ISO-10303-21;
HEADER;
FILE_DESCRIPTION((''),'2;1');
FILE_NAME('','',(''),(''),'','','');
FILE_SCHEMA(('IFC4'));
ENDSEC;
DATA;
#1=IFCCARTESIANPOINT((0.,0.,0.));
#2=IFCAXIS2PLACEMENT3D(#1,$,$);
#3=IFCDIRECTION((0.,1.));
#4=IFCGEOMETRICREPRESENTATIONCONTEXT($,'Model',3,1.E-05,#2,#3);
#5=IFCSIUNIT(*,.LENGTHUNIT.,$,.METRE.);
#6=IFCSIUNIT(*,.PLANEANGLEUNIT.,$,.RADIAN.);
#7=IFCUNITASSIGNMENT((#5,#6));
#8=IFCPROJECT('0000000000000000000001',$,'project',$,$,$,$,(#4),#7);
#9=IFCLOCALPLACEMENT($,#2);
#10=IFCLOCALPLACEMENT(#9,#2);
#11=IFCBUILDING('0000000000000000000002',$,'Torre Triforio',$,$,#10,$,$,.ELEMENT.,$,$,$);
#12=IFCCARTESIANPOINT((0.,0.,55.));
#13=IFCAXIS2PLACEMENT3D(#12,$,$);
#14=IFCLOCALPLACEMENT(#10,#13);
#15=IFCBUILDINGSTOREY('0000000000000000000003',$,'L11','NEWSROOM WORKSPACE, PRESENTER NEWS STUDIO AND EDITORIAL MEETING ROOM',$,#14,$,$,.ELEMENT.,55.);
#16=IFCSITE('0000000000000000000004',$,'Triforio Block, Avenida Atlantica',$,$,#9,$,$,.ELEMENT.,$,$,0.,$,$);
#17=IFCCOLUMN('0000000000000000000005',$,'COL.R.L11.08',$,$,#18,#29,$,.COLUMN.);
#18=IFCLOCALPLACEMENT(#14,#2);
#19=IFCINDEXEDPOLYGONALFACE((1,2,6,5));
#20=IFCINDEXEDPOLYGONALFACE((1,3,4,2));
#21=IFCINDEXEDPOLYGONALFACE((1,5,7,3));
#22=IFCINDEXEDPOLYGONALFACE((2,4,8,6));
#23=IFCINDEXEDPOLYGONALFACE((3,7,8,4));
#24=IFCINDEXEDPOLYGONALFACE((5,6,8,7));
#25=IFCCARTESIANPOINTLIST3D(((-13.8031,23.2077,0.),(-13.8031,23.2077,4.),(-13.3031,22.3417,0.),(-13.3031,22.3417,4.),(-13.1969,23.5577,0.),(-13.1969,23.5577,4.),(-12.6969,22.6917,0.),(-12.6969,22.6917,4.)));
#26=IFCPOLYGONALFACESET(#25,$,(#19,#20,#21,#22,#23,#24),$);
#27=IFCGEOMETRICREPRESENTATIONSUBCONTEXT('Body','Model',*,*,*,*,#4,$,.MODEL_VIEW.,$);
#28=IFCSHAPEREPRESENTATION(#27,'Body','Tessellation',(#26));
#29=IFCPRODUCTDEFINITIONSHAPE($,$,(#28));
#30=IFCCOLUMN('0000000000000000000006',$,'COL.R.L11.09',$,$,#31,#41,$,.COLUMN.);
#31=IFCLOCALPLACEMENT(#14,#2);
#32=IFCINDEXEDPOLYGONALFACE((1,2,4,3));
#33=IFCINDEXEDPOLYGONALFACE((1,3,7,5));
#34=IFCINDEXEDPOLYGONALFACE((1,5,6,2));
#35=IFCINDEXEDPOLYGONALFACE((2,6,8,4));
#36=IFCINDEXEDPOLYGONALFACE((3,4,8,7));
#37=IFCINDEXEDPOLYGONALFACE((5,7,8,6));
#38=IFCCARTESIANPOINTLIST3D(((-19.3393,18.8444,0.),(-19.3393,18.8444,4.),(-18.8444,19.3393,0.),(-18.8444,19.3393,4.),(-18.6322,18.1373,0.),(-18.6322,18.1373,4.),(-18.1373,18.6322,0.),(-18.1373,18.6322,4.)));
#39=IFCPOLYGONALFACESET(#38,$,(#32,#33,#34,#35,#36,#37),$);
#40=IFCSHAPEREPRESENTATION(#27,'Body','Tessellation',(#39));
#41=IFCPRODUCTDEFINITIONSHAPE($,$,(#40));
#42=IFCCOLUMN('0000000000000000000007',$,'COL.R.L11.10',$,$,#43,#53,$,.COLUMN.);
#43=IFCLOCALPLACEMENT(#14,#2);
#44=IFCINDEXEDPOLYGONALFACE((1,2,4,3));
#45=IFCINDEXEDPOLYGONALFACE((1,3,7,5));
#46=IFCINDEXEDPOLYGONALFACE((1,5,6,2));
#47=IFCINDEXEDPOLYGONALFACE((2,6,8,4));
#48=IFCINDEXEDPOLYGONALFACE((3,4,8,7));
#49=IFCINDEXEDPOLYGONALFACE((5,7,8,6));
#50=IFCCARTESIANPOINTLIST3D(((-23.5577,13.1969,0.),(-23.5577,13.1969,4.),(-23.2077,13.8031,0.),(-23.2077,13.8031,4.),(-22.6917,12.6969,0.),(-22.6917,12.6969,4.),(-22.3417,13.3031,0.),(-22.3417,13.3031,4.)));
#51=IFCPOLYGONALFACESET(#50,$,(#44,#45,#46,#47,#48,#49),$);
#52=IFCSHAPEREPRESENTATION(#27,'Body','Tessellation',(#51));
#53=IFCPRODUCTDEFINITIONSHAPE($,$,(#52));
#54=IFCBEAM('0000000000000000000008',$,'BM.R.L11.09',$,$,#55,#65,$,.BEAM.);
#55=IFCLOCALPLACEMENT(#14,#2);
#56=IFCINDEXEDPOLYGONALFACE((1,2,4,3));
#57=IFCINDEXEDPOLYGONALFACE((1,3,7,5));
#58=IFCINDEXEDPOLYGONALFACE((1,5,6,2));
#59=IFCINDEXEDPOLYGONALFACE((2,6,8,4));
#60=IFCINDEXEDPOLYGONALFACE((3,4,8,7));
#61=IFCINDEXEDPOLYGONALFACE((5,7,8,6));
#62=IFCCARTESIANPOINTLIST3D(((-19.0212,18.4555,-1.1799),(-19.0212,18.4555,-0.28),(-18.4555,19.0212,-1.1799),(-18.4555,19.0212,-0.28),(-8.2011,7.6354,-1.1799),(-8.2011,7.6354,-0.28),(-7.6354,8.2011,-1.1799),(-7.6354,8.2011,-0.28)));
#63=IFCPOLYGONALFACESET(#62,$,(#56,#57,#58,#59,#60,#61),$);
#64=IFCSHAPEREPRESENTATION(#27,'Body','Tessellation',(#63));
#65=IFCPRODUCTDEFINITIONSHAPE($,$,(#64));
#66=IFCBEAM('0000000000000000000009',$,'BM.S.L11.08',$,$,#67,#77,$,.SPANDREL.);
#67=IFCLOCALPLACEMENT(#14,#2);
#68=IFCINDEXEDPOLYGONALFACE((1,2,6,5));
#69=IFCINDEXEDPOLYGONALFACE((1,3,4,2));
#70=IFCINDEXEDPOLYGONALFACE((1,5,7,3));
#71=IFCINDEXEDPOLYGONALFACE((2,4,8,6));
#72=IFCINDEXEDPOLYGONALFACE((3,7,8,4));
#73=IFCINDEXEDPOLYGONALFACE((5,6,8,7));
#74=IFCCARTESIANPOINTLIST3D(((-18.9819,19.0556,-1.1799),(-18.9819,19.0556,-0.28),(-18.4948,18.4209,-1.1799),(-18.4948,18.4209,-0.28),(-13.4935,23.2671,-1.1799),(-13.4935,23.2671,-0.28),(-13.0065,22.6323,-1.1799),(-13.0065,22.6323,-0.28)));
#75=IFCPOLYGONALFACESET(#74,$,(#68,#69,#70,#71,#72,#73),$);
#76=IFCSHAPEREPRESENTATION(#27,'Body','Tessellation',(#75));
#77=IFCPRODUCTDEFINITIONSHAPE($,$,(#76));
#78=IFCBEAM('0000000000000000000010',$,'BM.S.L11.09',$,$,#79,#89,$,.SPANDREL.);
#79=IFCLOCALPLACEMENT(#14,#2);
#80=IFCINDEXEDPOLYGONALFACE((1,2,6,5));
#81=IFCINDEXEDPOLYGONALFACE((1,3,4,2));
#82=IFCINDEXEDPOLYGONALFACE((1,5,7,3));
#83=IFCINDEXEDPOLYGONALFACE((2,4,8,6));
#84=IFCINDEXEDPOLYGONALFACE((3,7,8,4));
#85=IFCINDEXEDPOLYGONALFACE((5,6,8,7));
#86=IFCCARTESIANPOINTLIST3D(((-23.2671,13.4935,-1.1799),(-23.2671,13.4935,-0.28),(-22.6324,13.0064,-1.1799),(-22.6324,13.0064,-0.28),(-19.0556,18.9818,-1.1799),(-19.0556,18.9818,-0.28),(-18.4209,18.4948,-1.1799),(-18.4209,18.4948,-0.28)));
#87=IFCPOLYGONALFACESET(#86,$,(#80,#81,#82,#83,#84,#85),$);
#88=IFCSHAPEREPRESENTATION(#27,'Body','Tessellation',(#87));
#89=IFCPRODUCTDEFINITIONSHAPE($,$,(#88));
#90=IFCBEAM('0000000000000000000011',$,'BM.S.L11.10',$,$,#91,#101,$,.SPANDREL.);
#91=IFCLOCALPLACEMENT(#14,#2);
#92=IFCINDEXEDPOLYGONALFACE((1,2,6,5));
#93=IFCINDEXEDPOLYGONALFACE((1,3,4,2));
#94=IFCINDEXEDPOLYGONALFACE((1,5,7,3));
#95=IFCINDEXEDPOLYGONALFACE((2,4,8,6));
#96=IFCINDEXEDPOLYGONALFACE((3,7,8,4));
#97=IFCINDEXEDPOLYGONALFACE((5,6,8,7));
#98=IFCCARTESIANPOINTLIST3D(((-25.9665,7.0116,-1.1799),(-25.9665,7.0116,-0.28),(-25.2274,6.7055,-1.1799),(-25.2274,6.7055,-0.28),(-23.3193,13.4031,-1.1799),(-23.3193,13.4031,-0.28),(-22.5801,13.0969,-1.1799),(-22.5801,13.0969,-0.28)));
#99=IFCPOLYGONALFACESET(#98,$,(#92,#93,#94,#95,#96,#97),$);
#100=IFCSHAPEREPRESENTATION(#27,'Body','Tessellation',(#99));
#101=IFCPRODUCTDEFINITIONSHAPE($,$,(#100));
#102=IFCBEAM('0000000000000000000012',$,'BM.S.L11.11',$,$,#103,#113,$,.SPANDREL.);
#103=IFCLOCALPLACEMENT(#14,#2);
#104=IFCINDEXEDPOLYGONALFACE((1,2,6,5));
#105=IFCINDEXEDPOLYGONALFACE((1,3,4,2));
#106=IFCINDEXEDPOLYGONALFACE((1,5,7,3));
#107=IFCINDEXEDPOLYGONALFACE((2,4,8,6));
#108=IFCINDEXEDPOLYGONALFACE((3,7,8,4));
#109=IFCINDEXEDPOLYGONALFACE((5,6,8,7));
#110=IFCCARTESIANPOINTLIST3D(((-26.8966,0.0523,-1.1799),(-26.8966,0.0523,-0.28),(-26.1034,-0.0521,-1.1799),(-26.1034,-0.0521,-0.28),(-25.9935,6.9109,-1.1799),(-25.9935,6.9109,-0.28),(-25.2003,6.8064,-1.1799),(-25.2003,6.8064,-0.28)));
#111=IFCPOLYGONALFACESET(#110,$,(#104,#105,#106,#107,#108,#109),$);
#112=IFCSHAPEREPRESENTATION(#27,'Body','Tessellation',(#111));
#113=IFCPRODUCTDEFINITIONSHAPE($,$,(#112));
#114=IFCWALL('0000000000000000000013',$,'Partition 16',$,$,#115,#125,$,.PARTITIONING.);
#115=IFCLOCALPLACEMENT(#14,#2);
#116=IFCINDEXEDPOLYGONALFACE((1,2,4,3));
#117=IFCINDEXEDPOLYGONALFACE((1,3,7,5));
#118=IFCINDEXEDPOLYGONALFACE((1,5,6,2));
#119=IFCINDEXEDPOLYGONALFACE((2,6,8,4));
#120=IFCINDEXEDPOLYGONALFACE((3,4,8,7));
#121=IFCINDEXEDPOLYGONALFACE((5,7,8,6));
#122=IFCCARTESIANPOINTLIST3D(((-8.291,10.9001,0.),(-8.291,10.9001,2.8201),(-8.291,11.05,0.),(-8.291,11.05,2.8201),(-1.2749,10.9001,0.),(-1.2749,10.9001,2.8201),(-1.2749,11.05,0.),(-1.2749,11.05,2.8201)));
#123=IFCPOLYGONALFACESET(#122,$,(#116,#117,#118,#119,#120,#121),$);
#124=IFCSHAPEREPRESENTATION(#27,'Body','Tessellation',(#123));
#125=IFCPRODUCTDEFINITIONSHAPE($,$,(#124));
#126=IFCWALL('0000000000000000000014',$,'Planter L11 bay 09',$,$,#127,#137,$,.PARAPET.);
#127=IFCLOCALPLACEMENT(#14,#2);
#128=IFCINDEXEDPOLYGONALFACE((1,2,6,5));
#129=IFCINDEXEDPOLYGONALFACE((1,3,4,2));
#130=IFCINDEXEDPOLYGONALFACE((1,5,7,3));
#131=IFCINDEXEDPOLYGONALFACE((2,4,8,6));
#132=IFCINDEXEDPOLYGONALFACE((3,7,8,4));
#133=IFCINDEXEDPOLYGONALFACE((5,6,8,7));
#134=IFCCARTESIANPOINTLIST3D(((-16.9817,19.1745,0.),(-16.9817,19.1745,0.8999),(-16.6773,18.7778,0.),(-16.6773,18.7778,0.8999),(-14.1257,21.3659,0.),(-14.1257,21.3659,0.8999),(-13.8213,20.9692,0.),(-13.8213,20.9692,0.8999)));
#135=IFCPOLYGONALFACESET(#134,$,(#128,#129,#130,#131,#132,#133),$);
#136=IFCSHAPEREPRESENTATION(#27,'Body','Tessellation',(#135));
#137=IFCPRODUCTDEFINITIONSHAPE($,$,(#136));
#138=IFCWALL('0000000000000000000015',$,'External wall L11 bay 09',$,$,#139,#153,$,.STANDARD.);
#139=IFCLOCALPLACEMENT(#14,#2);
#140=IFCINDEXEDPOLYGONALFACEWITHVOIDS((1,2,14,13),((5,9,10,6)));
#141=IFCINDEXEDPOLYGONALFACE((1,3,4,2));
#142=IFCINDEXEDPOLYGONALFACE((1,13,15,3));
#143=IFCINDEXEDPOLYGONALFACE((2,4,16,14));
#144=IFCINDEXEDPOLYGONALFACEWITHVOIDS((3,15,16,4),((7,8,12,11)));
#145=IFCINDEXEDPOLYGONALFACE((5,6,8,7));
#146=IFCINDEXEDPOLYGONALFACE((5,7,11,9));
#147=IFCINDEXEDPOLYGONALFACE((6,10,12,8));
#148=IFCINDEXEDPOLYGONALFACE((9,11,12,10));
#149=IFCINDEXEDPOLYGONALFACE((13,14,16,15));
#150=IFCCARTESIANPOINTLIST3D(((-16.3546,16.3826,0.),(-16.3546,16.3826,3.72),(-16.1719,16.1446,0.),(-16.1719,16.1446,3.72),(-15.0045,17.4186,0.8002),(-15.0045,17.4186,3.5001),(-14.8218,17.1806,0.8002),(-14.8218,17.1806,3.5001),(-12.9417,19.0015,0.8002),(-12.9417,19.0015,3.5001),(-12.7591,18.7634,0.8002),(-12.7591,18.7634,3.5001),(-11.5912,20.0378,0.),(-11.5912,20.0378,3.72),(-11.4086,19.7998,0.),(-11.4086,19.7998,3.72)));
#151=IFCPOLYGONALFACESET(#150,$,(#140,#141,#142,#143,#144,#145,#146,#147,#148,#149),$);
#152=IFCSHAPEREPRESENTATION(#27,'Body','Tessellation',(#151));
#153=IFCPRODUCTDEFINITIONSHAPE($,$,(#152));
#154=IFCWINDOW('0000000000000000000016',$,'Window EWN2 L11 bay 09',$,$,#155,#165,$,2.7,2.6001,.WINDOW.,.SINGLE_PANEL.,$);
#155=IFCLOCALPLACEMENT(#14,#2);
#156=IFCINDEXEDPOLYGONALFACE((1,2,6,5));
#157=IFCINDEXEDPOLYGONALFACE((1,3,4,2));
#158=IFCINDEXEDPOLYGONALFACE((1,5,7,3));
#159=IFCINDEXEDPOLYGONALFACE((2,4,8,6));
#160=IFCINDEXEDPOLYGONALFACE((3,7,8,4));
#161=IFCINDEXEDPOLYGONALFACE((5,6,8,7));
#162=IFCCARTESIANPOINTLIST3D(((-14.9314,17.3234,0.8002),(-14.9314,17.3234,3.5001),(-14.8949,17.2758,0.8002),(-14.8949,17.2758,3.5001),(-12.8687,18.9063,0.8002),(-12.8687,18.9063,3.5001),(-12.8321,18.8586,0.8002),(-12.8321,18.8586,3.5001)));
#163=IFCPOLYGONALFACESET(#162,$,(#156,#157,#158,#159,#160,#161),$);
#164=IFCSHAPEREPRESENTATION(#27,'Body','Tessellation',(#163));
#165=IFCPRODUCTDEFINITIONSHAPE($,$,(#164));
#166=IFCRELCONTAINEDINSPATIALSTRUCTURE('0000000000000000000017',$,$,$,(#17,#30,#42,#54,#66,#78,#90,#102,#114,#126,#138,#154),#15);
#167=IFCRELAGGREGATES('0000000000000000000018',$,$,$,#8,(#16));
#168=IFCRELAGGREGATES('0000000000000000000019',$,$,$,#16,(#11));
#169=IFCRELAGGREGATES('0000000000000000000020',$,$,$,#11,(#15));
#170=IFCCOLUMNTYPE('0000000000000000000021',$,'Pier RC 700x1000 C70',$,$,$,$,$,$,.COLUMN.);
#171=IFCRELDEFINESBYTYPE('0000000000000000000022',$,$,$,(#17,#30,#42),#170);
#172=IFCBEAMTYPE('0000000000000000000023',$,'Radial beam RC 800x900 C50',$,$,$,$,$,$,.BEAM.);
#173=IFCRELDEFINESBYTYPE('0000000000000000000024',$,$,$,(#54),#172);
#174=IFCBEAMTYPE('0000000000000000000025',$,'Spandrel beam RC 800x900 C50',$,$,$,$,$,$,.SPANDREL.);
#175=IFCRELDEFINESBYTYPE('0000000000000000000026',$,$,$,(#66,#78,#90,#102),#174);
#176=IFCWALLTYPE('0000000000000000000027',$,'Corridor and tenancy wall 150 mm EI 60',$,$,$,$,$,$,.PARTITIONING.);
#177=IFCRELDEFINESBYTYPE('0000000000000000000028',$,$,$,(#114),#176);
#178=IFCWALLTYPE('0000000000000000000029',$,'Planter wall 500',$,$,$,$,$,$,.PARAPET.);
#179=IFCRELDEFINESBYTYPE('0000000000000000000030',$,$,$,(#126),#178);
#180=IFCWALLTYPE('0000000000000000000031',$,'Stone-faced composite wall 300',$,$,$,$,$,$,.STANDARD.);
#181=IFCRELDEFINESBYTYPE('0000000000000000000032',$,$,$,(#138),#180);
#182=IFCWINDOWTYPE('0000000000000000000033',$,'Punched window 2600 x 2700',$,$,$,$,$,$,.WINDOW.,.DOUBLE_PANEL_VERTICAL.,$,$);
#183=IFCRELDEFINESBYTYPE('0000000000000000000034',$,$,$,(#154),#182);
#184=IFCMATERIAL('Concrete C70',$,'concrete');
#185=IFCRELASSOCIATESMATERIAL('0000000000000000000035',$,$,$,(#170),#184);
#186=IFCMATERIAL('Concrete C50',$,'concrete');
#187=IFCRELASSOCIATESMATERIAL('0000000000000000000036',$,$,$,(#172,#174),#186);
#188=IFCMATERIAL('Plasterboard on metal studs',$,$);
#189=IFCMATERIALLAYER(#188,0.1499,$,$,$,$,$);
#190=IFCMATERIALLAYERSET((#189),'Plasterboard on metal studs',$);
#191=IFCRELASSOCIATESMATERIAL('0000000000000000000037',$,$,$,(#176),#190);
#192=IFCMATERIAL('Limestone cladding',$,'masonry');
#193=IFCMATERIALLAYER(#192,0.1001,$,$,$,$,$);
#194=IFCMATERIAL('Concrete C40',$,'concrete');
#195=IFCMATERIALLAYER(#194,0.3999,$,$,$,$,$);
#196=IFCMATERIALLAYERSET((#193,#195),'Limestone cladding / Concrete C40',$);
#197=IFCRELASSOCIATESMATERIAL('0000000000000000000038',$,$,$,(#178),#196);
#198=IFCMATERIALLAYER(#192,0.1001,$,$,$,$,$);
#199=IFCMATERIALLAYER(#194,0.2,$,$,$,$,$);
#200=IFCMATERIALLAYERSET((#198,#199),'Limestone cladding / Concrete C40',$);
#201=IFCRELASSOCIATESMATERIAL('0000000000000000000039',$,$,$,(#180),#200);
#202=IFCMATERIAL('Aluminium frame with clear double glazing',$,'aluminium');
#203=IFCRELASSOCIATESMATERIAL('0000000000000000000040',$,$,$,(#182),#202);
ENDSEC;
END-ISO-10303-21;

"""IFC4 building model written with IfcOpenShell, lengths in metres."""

from ifc_helpers import new_model, si_unit, direction, frame, frame_2d, origin, origin_2d, place, context, subcontext, project, spatial, rectangle, extrude, material, layer, layer_set, material_profile, profile_set, type_object, element, fill, save


model = new_model("IFC4")

# Units and contexts
model_context = context("Model", 3, precision=1e-05, world=origin(), true_north=direction((0.0, 1.0)))
body_context = subcontext(model_context, "Body", "Model", "MODEL_VIEW")
ifc_project = project(units=[si_unit("LENGTHUNIT", "METRE"), si_unit("PLANEANGLEUNIT", "RADIAN")], contexts=[model_context])

# Site, building, storey
site_placement = place(None, origin())
site = spatial("IfcSite", under=ifc_project, at=site_placement, Name="Triforio Block, Avenida Atlantica", CompositionType="ELEMENT", RefElevation=0.0)
building_placement = place(site_placement, origin())
building = spatial("IfcBuilding", under=site, at=building_placement, Name="Torre Triforio", CompositionType="ELEMENT")
storey_placement = place(building_placement, frame((0.0, 0.0, 55.0)))
storey = spatial("IfcBuildingStorey", under=building, at=storey_placement, Name="L11", Description="NEWSROOM WORKSPACE, PRESENTER NEWS STUDIO AND EDITORIAL MEETING ROOM", CompositionType="ELEMENT", Elevation=55.0)

# Columns
ifc_material_1 = material(Name="Concrete C70", Category="concrete")
ifc_material_profile_1 = material_profile(ifc_material_1, rectangle(XDim=0.7, YDim=1.0, at=origin_2d()), Name="RC 700x1000")
ifc_profile_set_1 = profile_set([ifc_material_profile_1], Name="Concrete C70")
column_type = type_object("IfcColumnType", Name="Pier RC 700x1000 C70", PredefinedType="COLUMN", material=ifc_profile_set_1)
for number, where, z_axis, x_axis, name in (
    (1, (-13.25, 22.9497, 0.0), (0.0, 0.0, 1.0), (-0.866025, -0.5, 0.0), "COL.R.L11.08"),
    (2, (-18.7383, 18.7383, 0.0), (0.0, 0.0, 1.0), (-0.707107, -0.707107, 0.0), "COL.R.L11.09"),
    (3, (-22.9497, 13.25, 0.0), (0.0, 0.0, 1.0), (-0.5, -0.866025, 0.0), "COL.R.L11.10"),
):
    element("IfcColumn", number, at=place(storey_placement, frame(where, z_axis=z_axis, x_axis=x_axis)), inside=storey, type_object=column_type, Name=name, PredefinedType="COLUMN", context=body_context, shape_type="SweptSolid", body=[
        extrude(rectangle(XDim=0.7, YDim=1.0, at=origin_2d()), origin(), (0.0, 0.0, 1.0), 4.0),
    ])

# Beams
ifc_material_2 = material(Name="Concrete C50", Category="concrete")
ifc_material_profile_2 = material_profile(ifc_material_2, rectangle(XDim=0.8, YDim=0.8999, at=origin_2d()), Name="RC 800x900")
ifc_profile_set_2 = profile_set([ifc_material_profile_2], Name="Concrete C50")
beam_type_1 = type_object("IfcBeamType", Name="Radial beam RC 800x900 C50", PredefinedType="BEAM", material=ifc_profile_set_2)
beam_1_placement = place(storey_placement, frame((-7.9182, 7.9182, -0.73), z_axis=(-0.707107, 0.707107, 0.0), x_axis=(-0.707107, -0.707107, 0.0)))
element("IfcBeam", 4, at=beam_1_placement, inside=storey, type_object=beam_type_1, Name="BM.R.L11.09", PredefinedType="BEAM", context=body_context, shape_type="SweptSolid", body=[
    extrude(rectangle(XDim=0.8, YDim=0.8999, at=origin_2d()), origin(), (0.0, 0.0, 1.0), 15.302),
])
ifc_material_profile_3 = material_profile(ifc_material_2, rectangle(XDim=0.8, YDim=0.8999, at=origin_2d()), Name="RC 800x900")
ifc_profile_set_3 = profile_set([ifc_material_profile_3], Name="Concrete C50")
beam_type_2 = type_object("IfcBeamType", Name="Spandrel beam RC 800x900 C50", PredefinedType="SPANDREL", material=ifc_profile_set_3)
for number, where, z_axis, x_axis, name in (
    (5, (-13.25, 22.9497, -0.73), (-0.793345, -0.608772, 0.0), (0.608772, -0.793345, 0.0), "BM.S.L11.08"),
    (6, (-18.7383, 18.7383, -0.73), (-0.608772, -0.793345, 0.0), (0.793345, -0.608772, 0.0), "BM.S.L11.09"),
    (7, (-22.9497, 13.25, -0.73), (-0.382662, -0.923888, 0.0), (0.923888, -0.382662, 0.0), "BM.S.L11.10"),
):
    element("IfcBeam", number, at=place(storey_placement, frame(where, z_axis=z_axis, x_axis=x_axis)), inside=storey, type_object=beam_type_2, Name=name, PredefinedType="SPANDREL", context=body_context, shape_type="SweptSolid", body=[
        extrude(rectangle(XDim=0.8, YDim=0.8999, at=origin_2d()), origin(), (0.0, 0.0, 1.0), 6.918),
    ])
beam_2_placement = place(storey_placement, frame((-25.5969, 6.8586, -0.73), z_axis=(-0.130543, -0.991443, 0.0), x_axis=(0.991443, -0.130543, 0.0)))
element("IfcBeam", 8, at=beam_2_placement, inside=storey, type_object=beam_type_2, Name="BM.S.L11.11", PredefinedType="SPANDREL", context=body_context, shape_type="SweptSolid", body=[
    extrude(rectangle(XDim=0.8, YDim=0.8999, at=origin_2d()), origin(), (0.0, 0.0, 1.0), 6.9177),
])

# Walls
ifc_material_3 = material(Name="Plasterboard on metal studs")
ifc_layer_1 = layer(ifc_material_3, 0.1499)
ifc_layer_set_1 = layer_set([ifc_layer_1], Name="Plasterboard on metal studs")
wall_type_1 = type_object("IfcWallType", Name="Corridor and tenancy wall 150 mm EI 60", PredefinedType="PARTITIONING", material=ifc_layer_set_1)
wall_1_placement = place(storey_placement, frame((-8.291, 10.9751, 0.0), z_axis=(0.0, 0.0, 1.0), x_axis=(1.0, 0.0, 0.0)))
element("IfcWall", 9, at=wall_1_placement, inside=storey, type_object=wall_type_1, Name="Partition 16", PredefinedType="PARTITIONING", context=body_context, shape_type="SweptSolid", body=[
    extrude(rectangle(XDim=7.0161, YDim=0.1499, at=frame_2d((3.5081, 0.0))), origin(), (0.0, 0.0, 1.0), 2.8201),
])
ifc_material_4 = material(Name="Limestone cladding", Category="masonry")
ifc_layer_2 = layer(ifc_material_4, 0.1001)
ifc_material_5 = material(Name="Concrete C40", Category="concrete")
ifc_layer_3 = layer(ifc_material_5, 0.3999)
ifc_layer_set_2 = layer_set([ifc_layer_2, ifc_layer_3], Name="Limestone cladding / Concrete C40")
wall_type_2 = type_object("IfcWallType", Name="Planter wall 500", PredefinedType="PARAPET", material=ifc_layer_set_2)
wall_2_placement = place(storey_placement, frame((-13.9736, 21.1675, 0.0), z_axis=(0.0, 0.0, 1.0), x_axis=(-0.79336, -0.608753, 0.0)))
element("IfcWall", 10, at=wall_2_placement, inside=storey, type_object=wall_type_2, Name="Planter L11 bay 09", PredefinedType="PARAPET", context=body_context, shape_type="SweptSolid", body=[
    extrude(rectangle(XDim=3.5999, YDim=0.5, at=frame_2d((1.7998, 0.0))), origin(), (0.0, 0.0, 1.0), 0.8999),
])

# Wall, opening, window
ifc_layer_4 = layer(ifc_material_4, 0.1001)
ifc_layer_5 = layer(ifc_material_5, 0.2)
ifc_layer_set_3 = layer_set([ifc_layer_4, ifc_layer_5], Name="Limestone cladding / Concrete C40")
wall_type_3 = type_object("IfcWallType", Name="Stone-faced composite wall 300", PredefinedType="STANDARD", material=ifc_layer_set_3)
wall_3_placement = place(storey_placement, frame((-11.5, 19.9187, 0.0), z_axis=(0.0, 0.0, 1.0), x_axis=(-0.79334, -0.608779, 0.0)))
wall_3 = element("IfcWall", 11, at=wall_3_placement, inside=storey, type_object=wall_type_3, Name="External wall L11 bay 09", PredefinedType="STANDARD", context=body_context, shape_type="SweptSolid", body=[
    extrude(rectangle(XDim=6.0042, YDim=0.3, at=frame_2d((3.002, 0.0))), origin(), (0.0, 0.0, 1.0), 3.72),
])
opening_1_placement = place(wall_3_placement, frame((1.7021, 0.0, 0.8)))
opening_1 = element("IfcOpeningElement", 12, at=opening_1_placement, cuts=wall_3, PredefinedType="OPENING", context=body_context, shape_type="SweptSolid", body=[
    extrude(rectangle(XDim=2.6001, YDim=2.7, at=frame_2d((1.3, 1.3501))), frame((0.0, 0.1599, 0.0), z_axis=(0.0, -1.0, 0.0), x_axis=(1.0, 0.0, 0.0)), (0.0, 0.0, 1.0), 0.3201),
])
ifc_material_6 = material(Name="Aluminium frame with clear double glazing", Category="aluminium")
window_type_1 = type_object("IfcWindowType", Name="Punched window 2600 x 2700", PartitioningType="DOUBLE_PANEL_VERTICAL", PredefinedType="WINDOW", material=ifc_material_6)
window_1_placement = place(opening_1_placement, origin())
window_1 = element("IfcWindow", 13, at=window_1_placement, inside=storey, type_object=window_type_1, Name="Window EWN2 L11 bay 09", OverallHeight=2.7, OverallWidth=2.6001, PartitioningType="SINGLE_PANEL", PredefinedType="WINDOW", context=body_context, shape_type="SweptSolid", body=[
    extrude(rectangle(XDim=2.6001, YDim=2.7, at=frame_2d((1.3, 1.3501))), frame((0.0, 0.03, 0.0), z_axis=(0.0, -1.0, 0.0), x_axis=(1.0, 0.0, 0.0)), (0.0, 0.0, 1.0), 0.0601),
])
fill(opening_1, window_1)

save(model, "model.ifc")
